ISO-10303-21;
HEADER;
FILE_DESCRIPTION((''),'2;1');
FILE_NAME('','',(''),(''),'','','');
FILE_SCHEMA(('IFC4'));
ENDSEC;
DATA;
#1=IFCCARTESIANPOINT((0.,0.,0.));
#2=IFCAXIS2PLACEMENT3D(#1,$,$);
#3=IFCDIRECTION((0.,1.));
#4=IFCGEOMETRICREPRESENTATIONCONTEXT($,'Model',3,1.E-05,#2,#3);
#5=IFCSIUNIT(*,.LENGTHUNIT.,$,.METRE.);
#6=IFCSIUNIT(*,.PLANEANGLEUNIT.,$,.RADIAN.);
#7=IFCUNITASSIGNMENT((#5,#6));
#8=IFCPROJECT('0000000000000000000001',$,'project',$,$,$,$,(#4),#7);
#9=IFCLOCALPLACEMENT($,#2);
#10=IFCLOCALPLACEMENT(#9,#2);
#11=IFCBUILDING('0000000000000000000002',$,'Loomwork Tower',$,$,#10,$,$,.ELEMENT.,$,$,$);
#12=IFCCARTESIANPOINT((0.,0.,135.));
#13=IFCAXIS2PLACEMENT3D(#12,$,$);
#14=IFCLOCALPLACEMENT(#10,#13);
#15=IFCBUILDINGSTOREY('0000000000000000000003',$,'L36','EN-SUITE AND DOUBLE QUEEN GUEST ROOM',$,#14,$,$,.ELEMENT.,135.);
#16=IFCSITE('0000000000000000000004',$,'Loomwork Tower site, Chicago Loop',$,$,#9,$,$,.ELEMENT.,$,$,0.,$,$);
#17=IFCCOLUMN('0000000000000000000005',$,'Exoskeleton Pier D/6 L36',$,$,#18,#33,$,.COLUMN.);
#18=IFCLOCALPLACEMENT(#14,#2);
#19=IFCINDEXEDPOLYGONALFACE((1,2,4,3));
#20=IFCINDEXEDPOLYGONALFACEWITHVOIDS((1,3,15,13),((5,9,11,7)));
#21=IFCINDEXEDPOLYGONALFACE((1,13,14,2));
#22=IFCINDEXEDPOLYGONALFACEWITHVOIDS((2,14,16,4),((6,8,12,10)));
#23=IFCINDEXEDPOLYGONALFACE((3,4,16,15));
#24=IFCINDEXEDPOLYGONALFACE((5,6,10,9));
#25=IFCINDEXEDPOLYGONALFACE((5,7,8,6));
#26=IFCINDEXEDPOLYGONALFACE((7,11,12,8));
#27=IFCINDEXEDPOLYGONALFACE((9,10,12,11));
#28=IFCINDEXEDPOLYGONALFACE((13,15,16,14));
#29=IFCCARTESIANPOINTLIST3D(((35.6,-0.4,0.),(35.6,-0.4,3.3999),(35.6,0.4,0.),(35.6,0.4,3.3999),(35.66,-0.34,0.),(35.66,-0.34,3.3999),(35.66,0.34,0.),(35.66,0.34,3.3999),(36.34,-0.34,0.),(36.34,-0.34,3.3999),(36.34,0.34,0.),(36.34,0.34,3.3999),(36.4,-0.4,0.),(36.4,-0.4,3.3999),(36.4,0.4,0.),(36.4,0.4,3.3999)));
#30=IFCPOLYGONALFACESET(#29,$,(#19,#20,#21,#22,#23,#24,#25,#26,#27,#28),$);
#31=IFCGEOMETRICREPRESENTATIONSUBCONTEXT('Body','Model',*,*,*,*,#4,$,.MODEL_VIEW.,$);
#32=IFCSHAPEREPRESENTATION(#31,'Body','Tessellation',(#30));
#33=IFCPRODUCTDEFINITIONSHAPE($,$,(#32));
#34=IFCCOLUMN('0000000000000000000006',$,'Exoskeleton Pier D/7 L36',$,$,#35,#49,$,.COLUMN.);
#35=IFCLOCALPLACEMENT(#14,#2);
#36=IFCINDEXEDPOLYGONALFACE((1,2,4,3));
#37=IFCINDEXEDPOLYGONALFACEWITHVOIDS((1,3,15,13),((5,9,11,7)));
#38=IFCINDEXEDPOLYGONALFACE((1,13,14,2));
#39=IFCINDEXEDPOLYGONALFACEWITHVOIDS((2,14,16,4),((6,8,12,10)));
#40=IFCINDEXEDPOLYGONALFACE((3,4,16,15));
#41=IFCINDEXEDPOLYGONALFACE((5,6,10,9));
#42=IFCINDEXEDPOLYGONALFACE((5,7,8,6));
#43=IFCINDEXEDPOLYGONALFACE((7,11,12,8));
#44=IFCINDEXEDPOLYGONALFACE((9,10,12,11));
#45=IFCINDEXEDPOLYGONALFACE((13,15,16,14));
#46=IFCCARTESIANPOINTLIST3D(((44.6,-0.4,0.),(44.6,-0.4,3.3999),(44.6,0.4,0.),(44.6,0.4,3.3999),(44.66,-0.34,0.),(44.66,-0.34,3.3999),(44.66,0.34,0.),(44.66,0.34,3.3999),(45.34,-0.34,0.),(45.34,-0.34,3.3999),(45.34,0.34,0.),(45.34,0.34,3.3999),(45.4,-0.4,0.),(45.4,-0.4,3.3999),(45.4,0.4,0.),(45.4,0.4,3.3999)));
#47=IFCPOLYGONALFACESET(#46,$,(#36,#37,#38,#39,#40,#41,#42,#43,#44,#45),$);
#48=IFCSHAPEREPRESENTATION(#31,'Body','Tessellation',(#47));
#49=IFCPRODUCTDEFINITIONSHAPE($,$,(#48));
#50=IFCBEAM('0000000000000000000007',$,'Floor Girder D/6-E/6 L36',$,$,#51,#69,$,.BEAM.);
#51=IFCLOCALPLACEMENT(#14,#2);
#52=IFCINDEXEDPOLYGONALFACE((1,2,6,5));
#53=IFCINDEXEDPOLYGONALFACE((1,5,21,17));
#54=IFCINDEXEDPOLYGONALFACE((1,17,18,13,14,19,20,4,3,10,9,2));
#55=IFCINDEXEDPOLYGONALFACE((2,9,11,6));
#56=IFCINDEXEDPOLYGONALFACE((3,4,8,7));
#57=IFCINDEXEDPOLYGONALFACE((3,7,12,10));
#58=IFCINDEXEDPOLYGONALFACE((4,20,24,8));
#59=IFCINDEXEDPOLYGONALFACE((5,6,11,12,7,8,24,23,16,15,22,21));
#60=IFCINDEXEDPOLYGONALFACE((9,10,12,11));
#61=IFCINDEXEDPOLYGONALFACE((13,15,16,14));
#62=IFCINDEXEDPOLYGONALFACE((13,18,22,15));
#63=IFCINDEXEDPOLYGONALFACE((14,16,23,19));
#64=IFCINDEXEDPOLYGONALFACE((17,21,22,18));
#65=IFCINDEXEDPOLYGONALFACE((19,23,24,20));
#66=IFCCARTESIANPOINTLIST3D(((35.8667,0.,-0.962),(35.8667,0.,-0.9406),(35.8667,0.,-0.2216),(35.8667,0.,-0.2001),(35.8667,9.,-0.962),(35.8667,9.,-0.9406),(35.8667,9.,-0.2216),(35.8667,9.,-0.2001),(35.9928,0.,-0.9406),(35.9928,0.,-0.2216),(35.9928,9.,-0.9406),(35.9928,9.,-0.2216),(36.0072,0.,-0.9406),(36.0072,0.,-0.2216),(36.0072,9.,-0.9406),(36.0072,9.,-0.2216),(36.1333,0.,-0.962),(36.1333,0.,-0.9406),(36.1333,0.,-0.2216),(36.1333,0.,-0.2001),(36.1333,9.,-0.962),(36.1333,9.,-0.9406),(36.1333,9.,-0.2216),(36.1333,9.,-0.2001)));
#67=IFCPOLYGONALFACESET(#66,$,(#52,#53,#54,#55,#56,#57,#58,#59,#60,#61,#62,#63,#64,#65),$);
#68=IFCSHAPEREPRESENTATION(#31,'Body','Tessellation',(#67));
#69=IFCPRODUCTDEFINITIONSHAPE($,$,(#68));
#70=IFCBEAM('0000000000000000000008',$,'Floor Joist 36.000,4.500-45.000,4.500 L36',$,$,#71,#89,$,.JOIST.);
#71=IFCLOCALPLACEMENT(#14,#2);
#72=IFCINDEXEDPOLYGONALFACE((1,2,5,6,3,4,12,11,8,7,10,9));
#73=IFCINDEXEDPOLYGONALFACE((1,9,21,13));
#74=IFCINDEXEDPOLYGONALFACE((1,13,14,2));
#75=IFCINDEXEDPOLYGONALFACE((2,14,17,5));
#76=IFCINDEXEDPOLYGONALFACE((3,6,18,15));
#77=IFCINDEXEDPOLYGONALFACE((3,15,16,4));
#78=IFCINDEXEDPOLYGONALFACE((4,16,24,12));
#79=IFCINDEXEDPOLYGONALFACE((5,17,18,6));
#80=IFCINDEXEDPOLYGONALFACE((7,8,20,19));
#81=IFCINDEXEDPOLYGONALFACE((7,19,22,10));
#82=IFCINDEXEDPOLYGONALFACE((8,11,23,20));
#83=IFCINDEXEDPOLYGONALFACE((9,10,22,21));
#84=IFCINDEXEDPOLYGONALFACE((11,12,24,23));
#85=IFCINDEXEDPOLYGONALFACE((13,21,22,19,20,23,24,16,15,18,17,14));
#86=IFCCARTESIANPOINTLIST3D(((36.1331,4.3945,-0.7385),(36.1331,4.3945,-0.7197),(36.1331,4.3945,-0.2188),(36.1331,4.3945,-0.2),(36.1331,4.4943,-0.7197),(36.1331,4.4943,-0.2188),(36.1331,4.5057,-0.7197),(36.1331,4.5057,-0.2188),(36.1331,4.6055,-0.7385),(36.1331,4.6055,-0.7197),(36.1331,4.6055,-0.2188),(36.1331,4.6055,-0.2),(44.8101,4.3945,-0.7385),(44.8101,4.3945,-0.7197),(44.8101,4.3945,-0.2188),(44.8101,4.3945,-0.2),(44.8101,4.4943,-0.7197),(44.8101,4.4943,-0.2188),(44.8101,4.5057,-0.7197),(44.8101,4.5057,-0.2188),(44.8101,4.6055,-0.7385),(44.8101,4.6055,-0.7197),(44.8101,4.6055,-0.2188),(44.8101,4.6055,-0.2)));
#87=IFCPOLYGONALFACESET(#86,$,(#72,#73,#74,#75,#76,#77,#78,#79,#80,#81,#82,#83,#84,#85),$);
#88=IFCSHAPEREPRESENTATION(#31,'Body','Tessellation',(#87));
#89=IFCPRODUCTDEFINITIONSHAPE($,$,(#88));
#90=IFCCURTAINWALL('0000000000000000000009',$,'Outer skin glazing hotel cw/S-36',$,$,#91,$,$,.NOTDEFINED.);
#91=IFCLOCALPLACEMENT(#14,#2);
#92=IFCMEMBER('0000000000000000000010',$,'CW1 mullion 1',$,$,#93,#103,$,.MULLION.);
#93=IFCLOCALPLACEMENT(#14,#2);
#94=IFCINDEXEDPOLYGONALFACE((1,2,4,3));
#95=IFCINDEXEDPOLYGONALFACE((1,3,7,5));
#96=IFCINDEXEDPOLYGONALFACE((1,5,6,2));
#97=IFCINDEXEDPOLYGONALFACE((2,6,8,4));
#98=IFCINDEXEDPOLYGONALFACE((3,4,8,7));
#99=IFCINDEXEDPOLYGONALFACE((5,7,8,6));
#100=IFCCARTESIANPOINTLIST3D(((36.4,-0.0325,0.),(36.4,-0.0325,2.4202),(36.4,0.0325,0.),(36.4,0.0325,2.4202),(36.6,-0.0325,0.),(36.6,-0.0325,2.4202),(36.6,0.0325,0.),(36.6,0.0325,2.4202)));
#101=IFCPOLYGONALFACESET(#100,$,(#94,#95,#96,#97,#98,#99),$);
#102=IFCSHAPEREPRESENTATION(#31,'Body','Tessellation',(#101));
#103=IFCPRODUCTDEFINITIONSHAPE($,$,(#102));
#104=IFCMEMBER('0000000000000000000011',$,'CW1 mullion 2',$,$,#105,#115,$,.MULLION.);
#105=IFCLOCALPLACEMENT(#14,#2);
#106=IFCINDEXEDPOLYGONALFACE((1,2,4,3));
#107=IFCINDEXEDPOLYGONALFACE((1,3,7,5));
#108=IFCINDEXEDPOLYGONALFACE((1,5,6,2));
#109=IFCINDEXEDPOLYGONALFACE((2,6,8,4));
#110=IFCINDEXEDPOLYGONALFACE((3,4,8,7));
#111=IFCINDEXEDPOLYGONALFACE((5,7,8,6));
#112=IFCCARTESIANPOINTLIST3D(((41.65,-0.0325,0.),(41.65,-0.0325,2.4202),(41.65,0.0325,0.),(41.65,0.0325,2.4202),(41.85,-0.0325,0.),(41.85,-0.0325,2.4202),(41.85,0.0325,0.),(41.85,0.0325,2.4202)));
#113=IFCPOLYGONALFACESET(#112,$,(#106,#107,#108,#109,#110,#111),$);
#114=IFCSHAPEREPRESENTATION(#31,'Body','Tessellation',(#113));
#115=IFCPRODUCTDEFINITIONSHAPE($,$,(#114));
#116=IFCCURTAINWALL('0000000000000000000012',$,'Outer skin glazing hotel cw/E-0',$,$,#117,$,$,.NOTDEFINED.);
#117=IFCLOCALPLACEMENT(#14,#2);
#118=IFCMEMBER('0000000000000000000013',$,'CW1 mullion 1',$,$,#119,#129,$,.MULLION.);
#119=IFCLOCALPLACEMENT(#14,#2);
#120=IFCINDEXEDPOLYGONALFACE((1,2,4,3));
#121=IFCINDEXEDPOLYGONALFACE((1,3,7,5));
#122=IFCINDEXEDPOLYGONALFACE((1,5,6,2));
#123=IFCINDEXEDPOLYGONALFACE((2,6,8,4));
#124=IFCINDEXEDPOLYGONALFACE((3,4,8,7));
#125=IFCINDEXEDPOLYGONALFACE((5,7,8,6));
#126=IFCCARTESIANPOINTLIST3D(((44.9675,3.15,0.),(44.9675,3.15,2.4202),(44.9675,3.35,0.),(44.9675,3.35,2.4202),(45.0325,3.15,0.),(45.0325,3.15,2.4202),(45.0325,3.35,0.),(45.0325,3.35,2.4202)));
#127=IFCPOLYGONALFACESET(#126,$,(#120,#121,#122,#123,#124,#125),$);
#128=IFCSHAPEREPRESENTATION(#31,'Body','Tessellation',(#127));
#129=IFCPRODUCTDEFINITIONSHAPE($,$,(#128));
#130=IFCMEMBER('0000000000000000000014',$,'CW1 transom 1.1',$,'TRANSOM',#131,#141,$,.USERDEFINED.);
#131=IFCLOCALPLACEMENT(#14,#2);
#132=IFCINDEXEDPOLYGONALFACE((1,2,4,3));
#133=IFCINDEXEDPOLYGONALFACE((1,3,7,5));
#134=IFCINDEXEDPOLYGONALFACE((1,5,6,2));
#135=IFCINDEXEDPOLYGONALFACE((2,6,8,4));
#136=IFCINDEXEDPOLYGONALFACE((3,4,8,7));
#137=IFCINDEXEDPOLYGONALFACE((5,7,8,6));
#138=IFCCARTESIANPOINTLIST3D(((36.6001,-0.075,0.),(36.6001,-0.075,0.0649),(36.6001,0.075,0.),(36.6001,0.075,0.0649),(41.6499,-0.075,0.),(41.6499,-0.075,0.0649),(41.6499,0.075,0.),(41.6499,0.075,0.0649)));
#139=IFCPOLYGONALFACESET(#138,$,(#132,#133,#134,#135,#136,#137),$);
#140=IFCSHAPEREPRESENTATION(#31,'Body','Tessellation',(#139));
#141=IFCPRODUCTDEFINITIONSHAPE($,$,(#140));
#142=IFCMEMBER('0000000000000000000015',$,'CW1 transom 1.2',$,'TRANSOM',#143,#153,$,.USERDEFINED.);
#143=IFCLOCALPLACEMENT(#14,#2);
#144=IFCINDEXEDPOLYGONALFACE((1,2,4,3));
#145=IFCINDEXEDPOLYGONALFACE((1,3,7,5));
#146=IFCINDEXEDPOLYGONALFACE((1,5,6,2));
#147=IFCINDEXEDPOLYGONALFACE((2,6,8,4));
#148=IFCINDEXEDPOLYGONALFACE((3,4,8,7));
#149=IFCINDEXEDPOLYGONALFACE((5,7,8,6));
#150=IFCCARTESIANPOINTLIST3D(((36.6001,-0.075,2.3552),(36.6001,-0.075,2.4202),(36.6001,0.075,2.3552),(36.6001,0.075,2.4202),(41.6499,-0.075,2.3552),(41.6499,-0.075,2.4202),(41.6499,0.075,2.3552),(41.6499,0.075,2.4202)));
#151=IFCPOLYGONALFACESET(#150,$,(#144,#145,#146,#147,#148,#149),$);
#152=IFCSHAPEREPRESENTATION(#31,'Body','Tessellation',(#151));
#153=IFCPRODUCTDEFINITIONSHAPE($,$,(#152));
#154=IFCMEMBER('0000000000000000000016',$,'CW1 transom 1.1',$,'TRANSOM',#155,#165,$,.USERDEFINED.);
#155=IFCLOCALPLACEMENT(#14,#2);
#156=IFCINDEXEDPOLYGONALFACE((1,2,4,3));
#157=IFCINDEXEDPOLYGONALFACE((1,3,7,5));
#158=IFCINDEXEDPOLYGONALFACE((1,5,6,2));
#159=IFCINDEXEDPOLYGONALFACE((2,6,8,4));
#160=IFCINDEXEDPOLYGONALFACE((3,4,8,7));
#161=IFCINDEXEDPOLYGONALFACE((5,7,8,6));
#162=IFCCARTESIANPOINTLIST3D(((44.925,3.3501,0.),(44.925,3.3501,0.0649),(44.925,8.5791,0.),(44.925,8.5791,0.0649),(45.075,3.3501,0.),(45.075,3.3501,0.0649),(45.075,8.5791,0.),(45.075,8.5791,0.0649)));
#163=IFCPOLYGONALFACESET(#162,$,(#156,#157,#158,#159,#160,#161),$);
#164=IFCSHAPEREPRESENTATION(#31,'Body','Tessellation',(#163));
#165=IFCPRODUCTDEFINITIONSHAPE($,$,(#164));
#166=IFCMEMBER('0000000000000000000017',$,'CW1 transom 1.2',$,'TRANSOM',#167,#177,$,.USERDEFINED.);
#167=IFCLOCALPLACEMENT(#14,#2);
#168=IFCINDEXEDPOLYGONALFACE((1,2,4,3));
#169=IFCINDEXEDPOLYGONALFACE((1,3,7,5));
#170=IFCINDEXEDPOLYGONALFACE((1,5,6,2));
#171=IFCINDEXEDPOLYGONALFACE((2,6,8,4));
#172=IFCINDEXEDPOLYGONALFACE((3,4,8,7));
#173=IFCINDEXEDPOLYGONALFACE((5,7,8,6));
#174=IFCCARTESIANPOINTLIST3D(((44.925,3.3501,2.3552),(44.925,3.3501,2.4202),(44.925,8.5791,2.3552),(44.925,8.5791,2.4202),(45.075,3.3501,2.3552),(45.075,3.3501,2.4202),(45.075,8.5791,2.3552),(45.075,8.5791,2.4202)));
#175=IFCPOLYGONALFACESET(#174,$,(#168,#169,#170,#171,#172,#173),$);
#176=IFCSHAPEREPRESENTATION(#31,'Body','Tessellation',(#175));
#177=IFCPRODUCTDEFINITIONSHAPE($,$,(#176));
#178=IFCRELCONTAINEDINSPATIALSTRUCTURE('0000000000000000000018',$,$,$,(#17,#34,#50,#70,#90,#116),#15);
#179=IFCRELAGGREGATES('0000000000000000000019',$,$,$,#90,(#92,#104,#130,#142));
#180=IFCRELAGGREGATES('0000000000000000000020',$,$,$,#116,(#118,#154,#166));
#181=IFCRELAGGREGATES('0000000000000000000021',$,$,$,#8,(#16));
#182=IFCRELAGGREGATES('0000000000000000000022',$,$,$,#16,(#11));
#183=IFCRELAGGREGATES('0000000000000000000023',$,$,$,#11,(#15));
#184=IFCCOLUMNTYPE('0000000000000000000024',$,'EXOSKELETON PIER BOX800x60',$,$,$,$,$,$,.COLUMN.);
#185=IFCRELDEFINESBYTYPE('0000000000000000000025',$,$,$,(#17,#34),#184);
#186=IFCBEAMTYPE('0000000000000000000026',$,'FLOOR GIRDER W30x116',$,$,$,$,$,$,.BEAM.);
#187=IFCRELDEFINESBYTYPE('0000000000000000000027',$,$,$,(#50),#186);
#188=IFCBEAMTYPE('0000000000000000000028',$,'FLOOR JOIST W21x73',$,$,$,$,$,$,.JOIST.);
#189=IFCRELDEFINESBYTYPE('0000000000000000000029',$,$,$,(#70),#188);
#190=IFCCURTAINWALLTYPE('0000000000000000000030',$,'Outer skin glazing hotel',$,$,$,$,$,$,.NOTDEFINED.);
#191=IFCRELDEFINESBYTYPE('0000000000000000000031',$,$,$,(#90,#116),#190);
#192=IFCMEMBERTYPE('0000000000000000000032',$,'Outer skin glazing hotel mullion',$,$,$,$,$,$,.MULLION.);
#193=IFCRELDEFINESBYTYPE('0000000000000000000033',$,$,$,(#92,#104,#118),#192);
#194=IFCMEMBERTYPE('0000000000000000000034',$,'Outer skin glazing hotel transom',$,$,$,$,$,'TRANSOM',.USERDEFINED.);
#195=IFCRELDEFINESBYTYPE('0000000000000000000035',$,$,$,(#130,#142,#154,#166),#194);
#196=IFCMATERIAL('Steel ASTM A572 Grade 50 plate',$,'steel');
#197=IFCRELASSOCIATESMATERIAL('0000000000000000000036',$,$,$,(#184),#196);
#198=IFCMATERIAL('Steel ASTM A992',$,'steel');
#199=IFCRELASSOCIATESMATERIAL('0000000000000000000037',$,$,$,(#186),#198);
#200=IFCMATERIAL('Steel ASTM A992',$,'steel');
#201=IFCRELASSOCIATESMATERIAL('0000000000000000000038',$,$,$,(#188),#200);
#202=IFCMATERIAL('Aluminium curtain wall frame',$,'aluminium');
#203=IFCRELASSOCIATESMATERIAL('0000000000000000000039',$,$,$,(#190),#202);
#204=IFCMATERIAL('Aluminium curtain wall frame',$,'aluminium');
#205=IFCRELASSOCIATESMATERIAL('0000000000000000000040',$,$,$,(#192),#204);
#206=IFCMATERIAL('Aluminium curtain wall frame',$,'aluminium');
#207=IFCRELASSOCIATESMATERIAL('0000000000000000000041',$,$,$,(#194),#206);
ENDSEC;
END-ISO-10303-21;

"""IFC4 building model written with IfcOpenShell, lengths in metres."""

from ifc_helpers import new_model, si_unit, direction, frame, origin, origin_2d, place, context, subcontext, project, spatial, rectangle, hollow_rectangle, i_section, extrude, material, material_profile, profile_set, type_object, element, aggregate, save


model = new_model("IFC4")

# Units and contexts
model_context = context("Model", 3, precision=1e-05, world=origin(), true_north=direction((0.0, 1.0)))
body_context = subcontext(model_context, "Body", "Model", "MODEL_VIEW")
ifc_project = project(units=[si_unit("LENGTHUNIT", "METRE"), si_unit("PLANEANGLEUNIT", "RADIAN")], contexts=[model_context])

# Site, building, storey
site_placement = place(None, origin())
site = spatial("IfcSite", under=ifc_project, at=site_placement, Name="Loomwork Tower site, Chicago Loop", CompositionType="ELEMENT", RefElevation=0.0)
building_placement = place(site_placement, origin())
building = spatial("IfcBuilding", under=site, at=building_placement, Name="Loomwork Tower", CompositionType="ELEMENT")
storey_placement = place(building_placement, frame((0.0, 0.0, 135.0)))
storey = spatial("IfcBuildingStorey", under=building, at=storey_placement, Name="L36", Description="EN-SUITE AND DOUBLE QUEEN GUEST ROOM", CompositionType="ELEMENT", Elevation=135.0)

# Columns
ifc_material_1 = material(Name="Steel ASTM A572 Grade 50 plate", Category="steel")
ifc_material_profile_1 = material_profile(ifc_material_1, hollow_rectangle(XDim=0.8, YDim=0.8, WallThickness=0.0601, at=origin_2d()), Name="BOX800x60")
ifc_profile_set_1 = profile_set([ifc_material_profile_1], Name="Steel ASTM A572 Grade 50 plate")
column_type = type_object("IfcColumnType", Name="EXOSKELETON PIER BOX800x60", PredefinedType="COLUMN", material=ifc_profile_set_1)
for number, where, z_axis, x_axis, name in (
    (1, (36.0, 0.0, 0.0), (0.0, 0.0, 1.0), (1.0, 0.0, 0.0), "Exoskeleton Pier D/6 L36"),
    (2, (45.0, 0.0, 0.0), (0.0, 0.0, 1.0), (1.0, 0.0, 0.0), "Exoskeleton Pier D/7 L36"),
):
    element("IfcColumn", number, at=place(storey_placement, frame(where, z_axis=z_axis, x_axis=x_axis)), inside=storey, type_object=column_type, Name=name, PredefinedType="COLUMN", context=body_context, shape_type="SweptSolid", body=[
        extrude(hollow_rectangle(XDim=0.8, YDim=0.8, WallThickness=0.0601, at=origin_2d()), origin(), (0.0, 0.0, 1.0), 3.3999),
    ])

# Beams
ifc_material_2 = material(Name="Steel ASTM A992", Category="steel")
ifc_material_profile_2 = material_profile(ifc_material_2, i_section(OverallWidth=0.2666, OverallDepth=0.762, WebThickness=0.0144, FlangeThickness=0.0215, at=origin_2d()), Name="W30x116")
ifc_profile_set_2 = profile_set([ifc_material_profile_2], Name="Steel ASTM A992")
beam_type_1 = type_object("IfcBeamType", Name="FLOOR GIRDER W30x116", PredefinedType="BEAM", material=ifc_profile_set_2)
beam_1_placement = place(storey_placement, frame((36.0, 0.0, -0.5811), z_axis=(0.0, 1.0, 0.0), x_axis=(-1.0, 0.0, 0.0)))
element("IfcBeam", 3, at=beam_1_placement, inside=storey, type_object=beam_type_1, Name="Floor Girder D/6-E/6 L36", PredefinedType="BEAM", context=body_context, shape_type="SweptSolid", body=[
    extrude(i_section(OverallWidth=0.2666, OverallDepth=0.762, WebThickness=0.0144, FlangeThickness=0.0215, at=origin_2d()), origin(), (0.0, 0.0, 1.0), 9.0),
])
ifc_material_3 = material(Name="Steel ASTM A992", Category="steel")
ifc_material_profile_3 = material_profile(ifc_material_3, i_section(OverallWidth=0.2109, OverallDepth=0.5386, WebThickness=0.0115, FlangeThickness=0.0188, at=origin_2d()), Name="W21x73")
ifc_profile_set_3 = profile_set([ifc_material_profile_3], Name="Steel ASTM A992")
beam_type_2 = type_object("IfcBeamType", Name="FLOOR JOIST W21x73", PredefinedType="JOIST", material=ifc_profile_set_3)
beam_2_placement = place(storey_placement, frame((36.1331, 4.5, -0.4692), z_axis=(1.0, 0.0, 0.0), x_axis=(0.0, 1.0, 0.0)))
element("IfcBeam", 4, at=beam_2_placement, inside=storey, type_object=beam_type_2, Name="Floor Joist 36.000,4.500-45.000,4.500 L36", PredefinedType="JOIST", context=body_context, shape_type="SweptSolid", body=[
    extrude(i_section(OverallWidth=0.2109, OverallDepth=0.5386, WebThickness=0.0115, FlangeThickness=0.0188, at=origin_2d()), origin(), (0.0, 0.0, 1.0), 8.677),
])

# Curtain wall, members
ifc_material_4 = material(Name="Aluminium curtain wall frame", Category="aluminium")
curtain_wall_type = type_object("IfcCurtainWallType", Name="Outer skin glazing hotel", PredefinedType="NOTDEFINED", material=ifc_material_4)
curtain_wall_1_placement = place(storey_placement, origin())
curtain_wall_1 = element("IfcCurtainWall", 5, at=curtain_wall_1_placement, inside=storey, type_object=curtain_wall_type, Name="Outer skin glazing hotel cw/S-36", PredefinedType="NOTDEFINED")
ifc_material_5 = material(Name="Aluminium curtain wall frame", Category="aluminium")
ifc_material_profile_4 = material_profile(ifc_material_5, rectangle(XDim=0.0649, YDim=0.2, at=origin_2d()), Name="AL 65x200")
ifc_profile_set_4 = profile_set([ifc_material_profile_4], Name="Aluminium curtain wall frame")
member_type_1 = type_object("IfcMemberType", Name="Outer skin glazing hotel mullion", PredefinedType="MULLION", material=ifc_profile_set_4)
member_1_placement = place(storey_placement, frame((36.5, 0.0, 0.0), z_axis=(0.0, 0.0, 1.0), x_axis=(0.0, 1.0, 0.0)))
member_1 = element("IfcMember", 6, at=member_1_placement, type_object=member_type_1, Name="CW1 mullion 1", PredefinedType="MULLION", context=body_context, shape_type="SweptSolid", body=[
    extrude(rectangle(XDim=0.0649, YDim=0.2, at=origin_2d()), origin(), (0.0, 0.0, 1.0), 2.4202),
])
member_2_placement = place(storey_placement, frame((41.75, 0.0, 0.0), z_axis=(0.0, 0.0, 1.0), x_axis=(0.0, 1.0, 0.0)))
member_2 = element("IfcMember", 7, at=member_2_placement, type_object=member_type_1, Name="CW1 mullion 2", PredefinedType="MULLION", context=body_context, shape_type="SweptSolid", body=[
    extrude(rectangle(XDim=0.0649, YDim=0.2, at=origin_2d()), origin(), (0.0, 0.0, 1.0), 2.4202),
])

# Curtain wall, member
curtain_wall_2_placement = place(storey_placement, origin())
curtain_wall_2 = element("IfcCurtainWall", 8, at=curtain_wall_2_placement, inside=storey, type_object=curtain_wall_type, Name="Outer skin glazing hotel cw/E-0", PredefinedType="NOTDEFINED")
member_3_placement = place(storey_placement, frame((45.0, 3.25, 0.0), z_axis=(0.0, 0.0, 1.0), x_axis=(-1.0, 0.0, 0.0)))
member_3 = element("IfcMember", 9, at=member_3_placement, type_object=member_type_1, Name="CW1 mullion 1", PredefinedType="MULLION", context=body_context, shape_type="SweptSolid", body=[
    extrude(rectangle(XDim=0.0649, YDim=0.2, at=origin_2d()), origin(), (0.0, 0.0, 1.0), 2.4202),
])

# Members
ifc_material_6 = material(Name="Aluminium curtain wall frame", Category="aluminium")
ifc_material_profile_5 = material_profile(ifc_material_6, rectangle(XDim=0.1499, YDim=0.0649, at=origin_2d()), Name="AL 65x150")
ifc_profile_set_5 = profile_set([ifc_material_profile_5], Name="Aluminium curtain wall frame")
member_type_2 = type_object("IfcMemberType", Name="Outer skin glazing hotel transom", ElementType="TRANSOM", PredefinedType="USERDEFINED", material=ifc_profile_set_5)
member_4_placement = place(storey_placement, frame((36.6001, 0.0, 0.0325), z_axis=(1.0, 0.0, 0.0), x_axis=(0.0, 1.0, 0.0)))
member_4 = element("IfcMember", 10, at=member_4_placement, type_object=member_type_2, Name="CW1 transom 1.1", ObjectType="TRANSOM", PredefinedType="USERDEFINED", context=body_context, shape_type="SweptSolid", body=[
    extrude(rectangle(XDim=0.1499, YDim=0.0649, at=origin_2d()), origin(), (0.0, 0.0, 1.0), 5.0498),
])
member_5_placement = place(storey_placement, frame((36.6001, 0.0, 2.3877), z_axis=(1.0, 0.0, 0.0), x_axis=(0.0, 1.0, 0.0)))
member_5 = element("IfcMember", 11, at=member_5_placement, type_object=member_type_2, Name="CW1 transom 1.2", ObjectType="TRANSOM", PredefinedType="USERDEFINED", context=body_context, shape_type="SweptSolid", body=[
    extrude(rectangle(XDim=0.1499, YDim=0.0649, at=origin_2d()), origin(), (0.0, 0.0, 1.0), 5.0498),
])
member_6_placement = place(storey_placement, frame((45.0, 3.3501, 0.0325), z_axis=(0.0, 1.0, 0.0), x_axis=(-1.0, 0.0, 0.0)))
member_6 = element("IfcMember", 12, at=member_6_placement, type_object=member_type_2, Name="CW1 transom 1.1", ObjectType="TRANSOM", PredefinedType="USERDEFINED", context=body_context, shape_type="SweptSolid", body=[
    extrude(rectangle(XDim=0.1499, YDim=0.0649, at=origin_2d()), origin(), (0.0, 0.0, 1.0), 5.229),
])
member_7_placement = place(storey_placement, frame((45.0, 3.3501, 2.3877), z_axis=(0.0, 1.0, 0.0), x_axis=(-1.0, 0.0, 0.0)))
member_7 = element("IfcMember", 13, at=member_7_placement, type_object=member_type_2, Name="CW1 transom 1.2", ObjectType="TRANSOM", PredefinedType="USERDEFINED", context=body_context, shape_type="SweptSolid", body=[
    extrude(rectangle(XDim=0.1499, YDim=0.0649, at=origin_2d()), origin(), (0.0, 0.0, 1.0), 5.229),
])

aggregate(curtain_wall_1, [member_1, member_2, member_4, member_5])
aggregate(curtain_wall_2, [member_3, member_6, member_7])

save(model, "model.ifc")
